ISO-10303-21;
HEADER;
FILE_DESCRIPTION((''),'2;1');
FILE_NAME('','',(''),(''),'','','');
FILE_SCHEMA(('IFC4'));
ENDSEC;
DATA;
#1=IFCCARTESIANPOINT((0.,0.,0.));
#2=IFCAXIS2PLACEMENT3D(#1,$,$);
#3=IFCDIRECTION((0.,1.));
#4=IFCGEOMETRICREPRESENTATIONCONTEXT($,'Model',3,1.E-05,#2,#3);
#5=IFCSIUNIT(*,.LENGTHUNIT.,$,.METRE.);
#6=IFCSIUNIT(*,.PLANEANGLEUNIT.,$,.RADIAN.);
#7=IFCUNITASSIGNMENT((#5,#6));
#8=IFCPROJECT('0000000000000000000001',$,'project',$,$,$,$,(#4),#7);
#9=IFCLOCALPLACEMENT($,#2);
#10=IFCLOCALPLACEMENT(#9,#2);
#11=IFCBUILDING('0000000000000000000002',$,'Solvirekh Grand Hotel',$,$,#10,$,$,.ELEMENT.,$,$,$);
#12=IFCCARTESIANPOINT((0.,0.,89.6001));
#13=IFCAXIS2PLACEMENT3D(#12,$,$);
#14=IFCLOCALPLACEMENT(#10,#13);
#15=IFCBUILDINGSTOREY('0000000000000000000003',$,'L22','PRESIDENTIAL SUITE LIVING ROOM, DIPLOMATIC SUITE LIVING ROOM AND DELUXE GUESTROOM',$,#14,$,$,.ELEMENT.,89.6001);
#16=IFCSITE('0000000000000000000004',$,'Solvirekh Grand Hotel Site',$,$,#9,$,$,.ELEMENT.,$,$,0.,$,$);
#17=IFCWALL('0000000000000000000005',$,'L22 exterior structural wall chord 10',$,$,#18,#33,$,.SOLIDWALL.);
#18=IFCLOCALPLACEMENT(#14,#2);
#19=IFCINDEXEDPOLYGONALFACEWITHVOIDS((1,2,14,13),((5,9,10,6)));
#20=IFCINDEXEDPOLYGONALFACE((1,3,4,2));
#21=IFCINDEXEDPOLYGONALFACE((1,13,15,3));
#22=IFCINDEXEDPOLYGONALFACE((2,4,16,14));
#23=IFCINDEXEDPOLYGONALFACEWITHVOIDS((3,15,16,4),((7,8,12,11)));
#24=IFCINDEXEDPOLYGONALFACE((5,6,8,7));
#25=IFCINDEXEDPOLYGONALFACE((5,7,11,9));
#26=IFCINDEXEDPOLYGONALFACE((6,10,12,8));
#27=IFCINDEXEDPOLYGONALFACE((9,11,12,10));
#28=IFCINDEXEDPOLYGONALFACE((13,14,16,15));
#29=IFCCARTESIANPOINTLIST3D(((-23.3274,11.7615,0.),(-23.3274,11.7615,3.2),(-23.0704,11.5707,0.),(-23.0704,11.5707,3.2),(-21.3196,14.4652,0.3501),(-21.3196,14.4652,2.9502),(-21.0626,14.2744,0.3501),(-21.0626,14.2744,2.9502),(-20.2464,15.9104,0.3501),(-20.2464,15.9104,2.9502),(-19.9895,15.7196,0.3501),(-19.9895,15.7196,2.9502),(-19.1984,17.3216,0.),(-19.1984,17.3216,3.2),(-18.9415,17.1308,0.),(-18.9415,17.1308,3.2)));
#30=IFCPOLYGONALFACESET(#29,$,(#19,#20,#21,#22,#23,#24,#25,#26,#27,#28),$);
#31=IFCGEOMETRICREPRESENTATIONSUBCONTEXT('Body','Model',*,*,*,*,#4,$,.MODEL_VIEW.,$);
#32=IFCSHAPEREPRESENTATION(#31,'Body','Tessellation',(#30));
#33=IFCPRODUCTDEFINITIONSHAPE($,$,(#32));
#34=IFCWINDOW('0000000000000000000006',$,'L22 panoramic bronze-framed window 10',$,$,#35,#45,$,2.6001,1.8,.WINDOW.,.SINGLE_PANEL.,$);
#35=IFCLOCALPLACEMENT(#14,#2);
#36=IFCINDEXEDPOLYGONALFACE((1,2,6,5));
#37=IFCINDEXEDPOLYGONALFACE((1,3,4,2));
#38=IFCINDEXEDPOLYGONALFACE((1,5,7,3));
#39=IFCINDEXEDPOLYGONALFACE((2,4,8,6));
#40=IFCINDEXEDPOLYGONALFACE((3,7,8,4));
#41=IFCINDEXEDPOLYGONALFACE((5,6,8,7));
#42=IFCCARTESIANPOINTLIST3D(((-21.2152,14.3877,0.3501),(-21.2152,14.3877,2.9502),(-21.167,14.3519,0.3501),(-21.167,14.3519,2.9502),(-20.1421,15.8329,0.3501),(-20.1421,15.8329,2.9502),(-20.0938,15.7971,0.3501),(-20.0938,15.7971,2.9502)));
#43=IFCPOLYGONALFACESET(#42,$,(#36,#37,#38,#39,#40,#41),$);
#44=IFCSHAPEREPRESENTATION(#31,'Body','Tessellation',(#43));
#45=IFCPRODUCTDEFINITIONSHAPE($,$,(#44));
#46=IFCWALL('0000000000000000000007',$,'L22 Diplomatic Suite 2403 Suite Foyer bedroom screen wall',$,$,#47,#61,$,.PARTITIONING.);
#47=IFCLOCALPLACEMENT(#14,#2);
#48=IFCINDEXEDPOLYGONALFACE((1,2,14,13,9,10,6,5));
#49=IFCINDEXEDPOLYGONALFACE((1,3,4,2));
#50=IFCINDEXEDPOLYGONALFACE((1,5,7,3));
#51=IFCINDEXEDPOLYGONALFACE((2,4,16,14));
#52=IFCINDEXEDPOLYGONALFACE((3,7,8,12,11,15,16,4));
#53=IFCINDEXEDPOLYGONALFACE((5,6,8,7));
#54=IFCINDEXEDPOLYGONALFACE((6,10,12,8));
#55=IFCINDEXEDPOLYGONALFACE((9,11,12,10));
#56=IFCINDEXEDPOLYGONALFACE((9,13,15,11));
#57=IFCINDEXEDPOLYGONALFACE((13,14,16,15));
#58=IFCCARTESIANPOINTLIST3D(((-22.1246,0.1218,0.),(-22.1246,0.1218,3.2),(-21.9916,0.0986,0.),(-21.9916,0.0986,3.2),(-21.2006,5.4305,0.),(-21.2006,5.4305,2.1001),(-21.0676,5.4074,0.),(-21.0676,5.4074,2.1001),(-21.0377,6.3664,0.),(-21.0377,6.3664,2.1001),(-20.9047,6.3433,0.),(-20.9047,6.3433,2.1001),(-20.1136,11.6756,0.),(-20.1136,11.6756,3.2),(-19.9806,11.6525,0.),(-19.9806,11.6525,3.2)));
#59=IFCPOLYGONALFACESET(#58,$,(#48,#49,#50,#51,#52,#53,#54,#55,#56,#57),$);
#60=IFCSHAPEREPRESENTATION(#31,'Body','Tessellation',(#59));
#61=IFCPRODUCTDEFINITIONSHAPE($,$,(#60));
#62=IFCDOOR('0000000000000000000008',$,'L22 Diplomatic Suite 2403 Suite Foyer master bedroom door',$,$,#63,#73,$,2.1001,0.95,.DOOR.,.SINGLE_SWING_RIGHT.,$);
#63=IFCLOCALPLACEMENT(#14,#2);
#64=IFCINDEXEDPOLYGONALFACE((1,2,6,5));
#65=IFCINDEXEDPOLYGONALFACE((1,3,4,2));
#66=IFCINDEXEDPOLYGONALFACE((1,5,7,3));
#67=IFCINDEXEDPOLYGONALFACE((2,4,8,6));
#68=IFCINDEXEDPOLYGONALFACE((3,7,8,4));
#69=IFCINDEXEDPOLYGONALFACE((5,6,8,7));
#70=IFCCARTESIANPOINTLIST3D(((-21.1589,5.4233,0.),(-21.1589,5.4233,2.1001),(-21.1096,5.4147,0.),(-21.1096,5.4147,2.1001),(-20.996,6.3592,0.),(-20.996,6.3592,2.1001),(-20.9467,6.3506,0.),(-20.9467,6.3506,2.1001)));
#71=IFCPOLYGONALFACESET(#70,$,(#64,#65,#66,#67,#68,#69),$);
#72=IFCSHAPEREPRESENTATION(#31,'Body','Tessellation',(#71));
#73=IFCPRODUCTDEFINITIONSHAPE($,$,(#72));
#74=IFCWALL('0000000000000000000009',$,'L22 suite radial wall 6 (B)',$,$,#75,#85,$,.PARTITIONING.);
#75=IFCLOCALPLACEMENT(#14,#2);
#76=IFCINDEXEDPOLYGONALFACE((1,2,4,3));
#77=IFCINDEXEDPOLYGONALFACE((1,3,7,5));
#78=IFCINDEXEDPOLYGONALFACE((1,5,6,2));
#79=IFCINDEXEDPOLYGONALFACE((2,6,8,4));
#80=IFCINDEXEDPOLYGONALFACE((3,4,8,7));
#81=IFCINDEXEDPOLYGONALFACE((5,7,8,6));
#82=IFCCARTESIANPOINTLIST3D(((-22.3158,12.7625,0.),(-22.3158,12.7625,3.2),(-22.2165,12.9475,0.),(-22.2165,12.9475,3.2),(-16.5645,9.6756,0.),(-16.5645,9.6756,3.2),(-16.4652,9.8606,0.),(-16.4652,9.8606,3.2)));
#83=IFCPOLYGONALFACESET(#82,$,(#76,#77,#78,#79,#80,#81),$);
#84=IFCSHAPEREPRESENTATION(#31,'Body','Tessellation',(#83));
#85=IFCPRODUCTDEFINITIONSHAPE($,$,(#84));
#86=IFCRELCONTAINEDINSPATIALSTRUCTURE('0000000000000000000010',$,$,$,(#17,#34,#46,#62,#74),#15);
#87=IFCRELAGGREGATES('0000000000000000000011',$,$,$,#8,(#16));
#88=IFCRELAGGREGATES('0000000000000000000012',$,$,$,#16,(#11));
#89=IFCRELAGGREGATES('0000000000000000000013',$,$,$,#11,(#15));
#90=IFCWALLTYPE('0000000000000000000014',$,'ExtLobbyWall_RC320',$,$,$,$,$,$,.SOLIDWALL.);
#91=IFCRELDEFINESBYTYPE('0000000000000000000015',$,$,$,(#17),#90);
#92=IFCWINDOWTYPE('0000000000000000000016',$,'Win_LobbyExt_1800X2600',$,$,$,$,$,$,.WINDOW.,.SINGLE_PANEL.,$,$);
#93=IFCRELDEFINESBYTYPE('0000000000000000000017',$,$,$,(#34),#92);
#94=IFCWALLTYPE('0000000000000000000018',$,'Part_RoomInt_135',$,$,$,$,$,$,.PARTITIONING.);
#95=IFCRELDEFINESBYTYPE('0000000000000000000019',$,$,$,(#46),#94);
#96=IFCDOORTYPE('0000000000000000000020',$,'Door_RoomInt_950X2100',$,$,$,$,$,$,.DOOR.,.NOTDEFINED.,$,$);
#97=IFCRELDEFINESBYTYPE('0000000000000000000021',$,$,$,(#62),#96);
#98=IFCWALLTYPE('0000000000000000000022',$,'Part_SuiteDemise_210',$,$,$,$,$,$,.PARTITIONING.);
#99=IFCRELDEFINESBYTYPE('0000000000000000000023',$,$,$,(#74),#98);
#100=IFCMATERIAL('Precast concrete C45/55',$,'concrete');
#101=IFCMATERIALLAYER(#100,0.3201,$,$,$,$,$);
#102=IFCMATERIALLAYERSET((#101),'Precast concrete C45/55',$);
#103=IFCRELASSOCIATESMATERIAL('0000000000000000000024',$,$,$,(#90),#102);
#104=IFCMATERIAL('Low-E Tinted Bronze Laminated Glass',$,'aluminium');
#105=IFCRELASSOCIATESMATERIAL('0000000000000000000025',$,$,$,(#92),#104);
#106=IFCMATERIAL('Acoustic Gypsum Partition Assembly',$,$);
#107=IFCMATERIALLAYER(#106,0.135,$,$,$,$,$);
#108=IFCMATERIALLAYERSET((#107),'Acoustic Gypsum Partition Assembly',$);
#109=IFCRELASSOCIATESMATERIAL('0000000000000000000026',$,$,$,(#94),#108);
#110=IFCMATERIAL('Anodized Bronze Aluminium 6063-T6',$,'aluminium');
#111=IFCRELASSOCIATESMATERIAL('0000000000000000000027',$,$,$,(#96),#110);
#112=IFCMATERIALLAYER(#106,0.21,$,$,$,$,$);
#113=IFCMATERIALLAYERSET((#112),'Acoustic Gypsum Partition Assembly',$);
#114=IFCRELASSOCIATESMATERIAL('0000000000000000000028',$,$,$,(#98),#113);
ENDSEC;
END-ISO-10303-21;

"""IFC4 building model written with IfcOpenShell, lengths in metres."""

from ifc_helpers import new_model, si_unit, direction, frame, frame_2d, origin, place, context, subcontext, project, spatial, rectangle, extrude, material, layer, layer_set, type_object, element, fill, save


model = new_model("IFC4")

# Units and contexts
model_context = context("Model", 3, precision=1e-05, world=origin(), true_north=direction((0.0, 1.0)))
body_context = subcontext(model_context, "Body", "Model", "MODEL_VIEW")
ifc_project = project(units=[si_unit("LENGTHUNIT", "METRE"), si_unit("PLANEANGLEUNIT", "RADIAN")], contexts=[model_context])

# Site, building, storey
site_placement = place(None, origin())
site = spatial("IfcSite", under=ifc_project, at=site_placement, Name="Solvirekh Grand Hotel Site", CompositionType="ELEMENT", RefElevation=0.0)
building_placement = place(site_placement, origin())
building = spatial("IfcBuilding", under=site, at=building_placement, Name="Solvirekh Grand Hotel", CompositionType="ELEMENT")
storey_placement = place(building_placement, frame((0.0, 0.0, 89.6001)))
storey = spatial("IfcBuildingStorey", under=building, at=storey_placement, Name="L22", Description="PRESIDENTIAL SUITE LIVING ROOM, DIPLOMATIC SUITE LIVING ROOM AND DELUXE GUESTROOM", CompositionType="ELEMENT", Elevation=89.6001)

# Shared definitions
ifc_material_1 = material(Name="Anodized Bronze Aluminium 6063-T6", Category="aluminium")

# Shared definitions
ifc_material_2 = material(Name="Low-E Tinted Bronze Laminated Glass", Category="aluminium")

# Wall, opening, window
ifc_material_3 = material(Name="Precast concrete C45/55", Category="concrete")
ifc_layer_1 = layer(ifc_material_3, 0.3201)
ifc_layer_set_1 = layer_set([ifc_layer_1], Name="Precast concrete C45/55")
wall_type_1 = type_object("IfcWallType", Name="ExtLobbyWall_RC320", PredefinedType="SOLIDWALL", material=ifc_layer_set_1)
window_type = type_object("IfcWindowType", Name="Win_LobbyExt_1800X2600", PartitioningType="SINGLE_PANEL", PredefinedType="WINDOW", material=ifc_material_2)
wall_1_placement = place(storey_placement, frame((-23.199, 11.666, 0.0), z_axis=(0.0, 0.0, 1.0), x_axis=(0.596192, 0.802842, 0.0)))
wall_1 = element("IfcWall", 1, at=wall_1_placement, inside=storey, type_object=wall_type_1, Name="L22 exterior structural wall chord 10", PredefinedType="SOLIDWALL", context=body_context, shape_type="SweptSolid", body=[
    extrude(rectangle(XDim=6.9255, YDim=0.3201, at=frame_2d((3.4629, 0.0))), origin(), (0.0, 0.0, 1.0), 3.2),
])
opening_1_placement = place(wall_1_placement, frame((3.3679, 0.0, 0.3501)))
opening_1 = element("IfcOpeningElement", 2, at=opening_1_placement, cuts=wall_1, PredefinedType="OPENING", context=body_context, shape_type="SweptSolid", body=[
    extrude(rectangle(XDim=1.8, YDim=2.6001, at=frame_2d((0.8999, 1.3))), frame((0.0, 0.1699, 0.0), z_axis=(0.0, -1.0, 0.0), x_axis=(1.0, 0.0, 0.0)), (0.0, 0.0, 1.0), 0.3401),
])
window_1_placement = place(opening_1_placement, origin())
window_1 = element("IfcWindow", 3, at=window_1_placement, inside=storey, type_object=window_type, Name="L22 panoramic bronze-framed window 10", OverallHeight=2.6001, OverallWidth=1.8, PartitioningType="SINGLE_PANEL", PredefinedType="WINDOW", context=body_context, shape_type="SweptSolid", body=[
    extrude(rectangle(XDim=1.8, YDim=2.6001, at=frame_2d((0.8999, 1.3))), frame((0.0, 0.03, 0.0), z_axis=(0.0, -1.0, 0.0), x_axis=(1.0, 0.0, 0.0)), (0.0, 0.0, 1.0), 0.0601),
])
fill(opening_1, window_1)

# Wall, opening, door
ifc_material_4 = material(Name="Acoustic Gypsum Partition Assembly")
ifc_layer_2 = layer(ifc_material_4, 0.135)
ifc_layer_set_2 = layer_set([ifc_layer_2], Name="Acoustic Gypsum Partition Assembly")
wall_type_2 = type_object("IfcWallType", Name="Part_RoomInt_135", PredefinedType="PARTITIONING", material=ifc_layer_set_2)
wall_2_placement = place(storey_placement, frame((-20.0471, 11.6641, 0.0), z_axis=(0.0, 0.0, 1.0), x_axis=(-0.171474, -0.985189, 0.0)))
wall_2 = element("IfcWall", 4, at=wall_2_placement, inside=storey, type_object=wall_type_2, Name="L22 Diplomatic Suite 2403 Suite Foyer bedroom screen wall", PredefinedType="PARTITIONING", context=body_context, shape_type="SweptSolid", body=[
    extrude(rectangle(XDim=11.7275, YDim=0.135, at=frame_2d((5.8638, 0.0))), origin(), (0.0, 0.0, 1.0), 3.2),
])
opening_2_placement = place(wall_2_placement, frame((5.3889, 0.0, 0.0)))
opening_2 = element("IfcOpeningElement", 5, at=opening_2_placement, cuts=wall_2, PredefinedType="OPENING", context=body_context, shape_type="SweptSolid", body=[
    extrude(rectangle(XDim=0.95, YDim=2.1001, at=frame_2d((0.4751, 1.05))), frame((0.0, 0.0776, 0.0), z_axis=(0.0, -1.0, 0.0), x_axis=(1.0, 0.0, 0.0)), (0.0, 0.0, 1.0), 0.155),
])
door_type = type_object("IfcDoorType", Name="Door_RoomInt_950X2100", OperationType="NOTDEFINED", PredefinedType="DOOR", material=ifc_material_1)
door_placement = place(opening_2_placement, origin())
door = element("IfcDoor", 6, at=door_placement, inside=storey, type_object=door_type, Name="L22 Diplomatic Suite 2403 Suite Foyer master bedroom door", OperationType="SINGLE_SWING_RIGHT", OverallHeight=2.1001, OverallWidth=0.95, PredefinedType="DOOR", context=body_context, shape_type="SweptSolid", body=[
    extrude(rectangle(XDim=0.95, YDim=2.1001, at=frame_2d((0.4751, 1.05))), frame((0.0, 0.0249, 0.0), z_axis=(0.0, -1.0, 0.0), x_axis=(1.0, 0.0, 0.0)), (0.0, 0.0, 1.0), 0.05),
])
fill(opening_2, door)

# Wall
ifc_layer_3 = layer(ifc_material_4, 0.21)
ifc_layer_set_3 = layer_set([ifc_layer_3], Name="Acoustic Gypsum Partition Assembly")
wall_type_3 = type_object("IfcWallType", Name="Part_SuiteDemise_210", PredefinedType="PARTITIONING", material=ifc_layer_set_3)
wall_3_placement = place(storey_placement, frame((-16.5149, 9.7681, 0.0), z_axis=(0.0, 0.0, 1.0), x_axis=(-0.881103, 0.472924, 0.0)))
element("IfcWall", 7, at=wall_3_placement, inside=storey, type_object=wall_type_3, Name="L22 suite radial wall 6 (B)", PredefinedType="PARTITIONING", context=body_context, shape_type="SweptSolid", body=[
    extrude(rectangle(XDim=6.5273, YDim=0.21, at=frame_2d((3.2637, 0.0))), origin(), (0.0, 0.0, 1.0), 3.2),
])

save(model, "model.ifc")
